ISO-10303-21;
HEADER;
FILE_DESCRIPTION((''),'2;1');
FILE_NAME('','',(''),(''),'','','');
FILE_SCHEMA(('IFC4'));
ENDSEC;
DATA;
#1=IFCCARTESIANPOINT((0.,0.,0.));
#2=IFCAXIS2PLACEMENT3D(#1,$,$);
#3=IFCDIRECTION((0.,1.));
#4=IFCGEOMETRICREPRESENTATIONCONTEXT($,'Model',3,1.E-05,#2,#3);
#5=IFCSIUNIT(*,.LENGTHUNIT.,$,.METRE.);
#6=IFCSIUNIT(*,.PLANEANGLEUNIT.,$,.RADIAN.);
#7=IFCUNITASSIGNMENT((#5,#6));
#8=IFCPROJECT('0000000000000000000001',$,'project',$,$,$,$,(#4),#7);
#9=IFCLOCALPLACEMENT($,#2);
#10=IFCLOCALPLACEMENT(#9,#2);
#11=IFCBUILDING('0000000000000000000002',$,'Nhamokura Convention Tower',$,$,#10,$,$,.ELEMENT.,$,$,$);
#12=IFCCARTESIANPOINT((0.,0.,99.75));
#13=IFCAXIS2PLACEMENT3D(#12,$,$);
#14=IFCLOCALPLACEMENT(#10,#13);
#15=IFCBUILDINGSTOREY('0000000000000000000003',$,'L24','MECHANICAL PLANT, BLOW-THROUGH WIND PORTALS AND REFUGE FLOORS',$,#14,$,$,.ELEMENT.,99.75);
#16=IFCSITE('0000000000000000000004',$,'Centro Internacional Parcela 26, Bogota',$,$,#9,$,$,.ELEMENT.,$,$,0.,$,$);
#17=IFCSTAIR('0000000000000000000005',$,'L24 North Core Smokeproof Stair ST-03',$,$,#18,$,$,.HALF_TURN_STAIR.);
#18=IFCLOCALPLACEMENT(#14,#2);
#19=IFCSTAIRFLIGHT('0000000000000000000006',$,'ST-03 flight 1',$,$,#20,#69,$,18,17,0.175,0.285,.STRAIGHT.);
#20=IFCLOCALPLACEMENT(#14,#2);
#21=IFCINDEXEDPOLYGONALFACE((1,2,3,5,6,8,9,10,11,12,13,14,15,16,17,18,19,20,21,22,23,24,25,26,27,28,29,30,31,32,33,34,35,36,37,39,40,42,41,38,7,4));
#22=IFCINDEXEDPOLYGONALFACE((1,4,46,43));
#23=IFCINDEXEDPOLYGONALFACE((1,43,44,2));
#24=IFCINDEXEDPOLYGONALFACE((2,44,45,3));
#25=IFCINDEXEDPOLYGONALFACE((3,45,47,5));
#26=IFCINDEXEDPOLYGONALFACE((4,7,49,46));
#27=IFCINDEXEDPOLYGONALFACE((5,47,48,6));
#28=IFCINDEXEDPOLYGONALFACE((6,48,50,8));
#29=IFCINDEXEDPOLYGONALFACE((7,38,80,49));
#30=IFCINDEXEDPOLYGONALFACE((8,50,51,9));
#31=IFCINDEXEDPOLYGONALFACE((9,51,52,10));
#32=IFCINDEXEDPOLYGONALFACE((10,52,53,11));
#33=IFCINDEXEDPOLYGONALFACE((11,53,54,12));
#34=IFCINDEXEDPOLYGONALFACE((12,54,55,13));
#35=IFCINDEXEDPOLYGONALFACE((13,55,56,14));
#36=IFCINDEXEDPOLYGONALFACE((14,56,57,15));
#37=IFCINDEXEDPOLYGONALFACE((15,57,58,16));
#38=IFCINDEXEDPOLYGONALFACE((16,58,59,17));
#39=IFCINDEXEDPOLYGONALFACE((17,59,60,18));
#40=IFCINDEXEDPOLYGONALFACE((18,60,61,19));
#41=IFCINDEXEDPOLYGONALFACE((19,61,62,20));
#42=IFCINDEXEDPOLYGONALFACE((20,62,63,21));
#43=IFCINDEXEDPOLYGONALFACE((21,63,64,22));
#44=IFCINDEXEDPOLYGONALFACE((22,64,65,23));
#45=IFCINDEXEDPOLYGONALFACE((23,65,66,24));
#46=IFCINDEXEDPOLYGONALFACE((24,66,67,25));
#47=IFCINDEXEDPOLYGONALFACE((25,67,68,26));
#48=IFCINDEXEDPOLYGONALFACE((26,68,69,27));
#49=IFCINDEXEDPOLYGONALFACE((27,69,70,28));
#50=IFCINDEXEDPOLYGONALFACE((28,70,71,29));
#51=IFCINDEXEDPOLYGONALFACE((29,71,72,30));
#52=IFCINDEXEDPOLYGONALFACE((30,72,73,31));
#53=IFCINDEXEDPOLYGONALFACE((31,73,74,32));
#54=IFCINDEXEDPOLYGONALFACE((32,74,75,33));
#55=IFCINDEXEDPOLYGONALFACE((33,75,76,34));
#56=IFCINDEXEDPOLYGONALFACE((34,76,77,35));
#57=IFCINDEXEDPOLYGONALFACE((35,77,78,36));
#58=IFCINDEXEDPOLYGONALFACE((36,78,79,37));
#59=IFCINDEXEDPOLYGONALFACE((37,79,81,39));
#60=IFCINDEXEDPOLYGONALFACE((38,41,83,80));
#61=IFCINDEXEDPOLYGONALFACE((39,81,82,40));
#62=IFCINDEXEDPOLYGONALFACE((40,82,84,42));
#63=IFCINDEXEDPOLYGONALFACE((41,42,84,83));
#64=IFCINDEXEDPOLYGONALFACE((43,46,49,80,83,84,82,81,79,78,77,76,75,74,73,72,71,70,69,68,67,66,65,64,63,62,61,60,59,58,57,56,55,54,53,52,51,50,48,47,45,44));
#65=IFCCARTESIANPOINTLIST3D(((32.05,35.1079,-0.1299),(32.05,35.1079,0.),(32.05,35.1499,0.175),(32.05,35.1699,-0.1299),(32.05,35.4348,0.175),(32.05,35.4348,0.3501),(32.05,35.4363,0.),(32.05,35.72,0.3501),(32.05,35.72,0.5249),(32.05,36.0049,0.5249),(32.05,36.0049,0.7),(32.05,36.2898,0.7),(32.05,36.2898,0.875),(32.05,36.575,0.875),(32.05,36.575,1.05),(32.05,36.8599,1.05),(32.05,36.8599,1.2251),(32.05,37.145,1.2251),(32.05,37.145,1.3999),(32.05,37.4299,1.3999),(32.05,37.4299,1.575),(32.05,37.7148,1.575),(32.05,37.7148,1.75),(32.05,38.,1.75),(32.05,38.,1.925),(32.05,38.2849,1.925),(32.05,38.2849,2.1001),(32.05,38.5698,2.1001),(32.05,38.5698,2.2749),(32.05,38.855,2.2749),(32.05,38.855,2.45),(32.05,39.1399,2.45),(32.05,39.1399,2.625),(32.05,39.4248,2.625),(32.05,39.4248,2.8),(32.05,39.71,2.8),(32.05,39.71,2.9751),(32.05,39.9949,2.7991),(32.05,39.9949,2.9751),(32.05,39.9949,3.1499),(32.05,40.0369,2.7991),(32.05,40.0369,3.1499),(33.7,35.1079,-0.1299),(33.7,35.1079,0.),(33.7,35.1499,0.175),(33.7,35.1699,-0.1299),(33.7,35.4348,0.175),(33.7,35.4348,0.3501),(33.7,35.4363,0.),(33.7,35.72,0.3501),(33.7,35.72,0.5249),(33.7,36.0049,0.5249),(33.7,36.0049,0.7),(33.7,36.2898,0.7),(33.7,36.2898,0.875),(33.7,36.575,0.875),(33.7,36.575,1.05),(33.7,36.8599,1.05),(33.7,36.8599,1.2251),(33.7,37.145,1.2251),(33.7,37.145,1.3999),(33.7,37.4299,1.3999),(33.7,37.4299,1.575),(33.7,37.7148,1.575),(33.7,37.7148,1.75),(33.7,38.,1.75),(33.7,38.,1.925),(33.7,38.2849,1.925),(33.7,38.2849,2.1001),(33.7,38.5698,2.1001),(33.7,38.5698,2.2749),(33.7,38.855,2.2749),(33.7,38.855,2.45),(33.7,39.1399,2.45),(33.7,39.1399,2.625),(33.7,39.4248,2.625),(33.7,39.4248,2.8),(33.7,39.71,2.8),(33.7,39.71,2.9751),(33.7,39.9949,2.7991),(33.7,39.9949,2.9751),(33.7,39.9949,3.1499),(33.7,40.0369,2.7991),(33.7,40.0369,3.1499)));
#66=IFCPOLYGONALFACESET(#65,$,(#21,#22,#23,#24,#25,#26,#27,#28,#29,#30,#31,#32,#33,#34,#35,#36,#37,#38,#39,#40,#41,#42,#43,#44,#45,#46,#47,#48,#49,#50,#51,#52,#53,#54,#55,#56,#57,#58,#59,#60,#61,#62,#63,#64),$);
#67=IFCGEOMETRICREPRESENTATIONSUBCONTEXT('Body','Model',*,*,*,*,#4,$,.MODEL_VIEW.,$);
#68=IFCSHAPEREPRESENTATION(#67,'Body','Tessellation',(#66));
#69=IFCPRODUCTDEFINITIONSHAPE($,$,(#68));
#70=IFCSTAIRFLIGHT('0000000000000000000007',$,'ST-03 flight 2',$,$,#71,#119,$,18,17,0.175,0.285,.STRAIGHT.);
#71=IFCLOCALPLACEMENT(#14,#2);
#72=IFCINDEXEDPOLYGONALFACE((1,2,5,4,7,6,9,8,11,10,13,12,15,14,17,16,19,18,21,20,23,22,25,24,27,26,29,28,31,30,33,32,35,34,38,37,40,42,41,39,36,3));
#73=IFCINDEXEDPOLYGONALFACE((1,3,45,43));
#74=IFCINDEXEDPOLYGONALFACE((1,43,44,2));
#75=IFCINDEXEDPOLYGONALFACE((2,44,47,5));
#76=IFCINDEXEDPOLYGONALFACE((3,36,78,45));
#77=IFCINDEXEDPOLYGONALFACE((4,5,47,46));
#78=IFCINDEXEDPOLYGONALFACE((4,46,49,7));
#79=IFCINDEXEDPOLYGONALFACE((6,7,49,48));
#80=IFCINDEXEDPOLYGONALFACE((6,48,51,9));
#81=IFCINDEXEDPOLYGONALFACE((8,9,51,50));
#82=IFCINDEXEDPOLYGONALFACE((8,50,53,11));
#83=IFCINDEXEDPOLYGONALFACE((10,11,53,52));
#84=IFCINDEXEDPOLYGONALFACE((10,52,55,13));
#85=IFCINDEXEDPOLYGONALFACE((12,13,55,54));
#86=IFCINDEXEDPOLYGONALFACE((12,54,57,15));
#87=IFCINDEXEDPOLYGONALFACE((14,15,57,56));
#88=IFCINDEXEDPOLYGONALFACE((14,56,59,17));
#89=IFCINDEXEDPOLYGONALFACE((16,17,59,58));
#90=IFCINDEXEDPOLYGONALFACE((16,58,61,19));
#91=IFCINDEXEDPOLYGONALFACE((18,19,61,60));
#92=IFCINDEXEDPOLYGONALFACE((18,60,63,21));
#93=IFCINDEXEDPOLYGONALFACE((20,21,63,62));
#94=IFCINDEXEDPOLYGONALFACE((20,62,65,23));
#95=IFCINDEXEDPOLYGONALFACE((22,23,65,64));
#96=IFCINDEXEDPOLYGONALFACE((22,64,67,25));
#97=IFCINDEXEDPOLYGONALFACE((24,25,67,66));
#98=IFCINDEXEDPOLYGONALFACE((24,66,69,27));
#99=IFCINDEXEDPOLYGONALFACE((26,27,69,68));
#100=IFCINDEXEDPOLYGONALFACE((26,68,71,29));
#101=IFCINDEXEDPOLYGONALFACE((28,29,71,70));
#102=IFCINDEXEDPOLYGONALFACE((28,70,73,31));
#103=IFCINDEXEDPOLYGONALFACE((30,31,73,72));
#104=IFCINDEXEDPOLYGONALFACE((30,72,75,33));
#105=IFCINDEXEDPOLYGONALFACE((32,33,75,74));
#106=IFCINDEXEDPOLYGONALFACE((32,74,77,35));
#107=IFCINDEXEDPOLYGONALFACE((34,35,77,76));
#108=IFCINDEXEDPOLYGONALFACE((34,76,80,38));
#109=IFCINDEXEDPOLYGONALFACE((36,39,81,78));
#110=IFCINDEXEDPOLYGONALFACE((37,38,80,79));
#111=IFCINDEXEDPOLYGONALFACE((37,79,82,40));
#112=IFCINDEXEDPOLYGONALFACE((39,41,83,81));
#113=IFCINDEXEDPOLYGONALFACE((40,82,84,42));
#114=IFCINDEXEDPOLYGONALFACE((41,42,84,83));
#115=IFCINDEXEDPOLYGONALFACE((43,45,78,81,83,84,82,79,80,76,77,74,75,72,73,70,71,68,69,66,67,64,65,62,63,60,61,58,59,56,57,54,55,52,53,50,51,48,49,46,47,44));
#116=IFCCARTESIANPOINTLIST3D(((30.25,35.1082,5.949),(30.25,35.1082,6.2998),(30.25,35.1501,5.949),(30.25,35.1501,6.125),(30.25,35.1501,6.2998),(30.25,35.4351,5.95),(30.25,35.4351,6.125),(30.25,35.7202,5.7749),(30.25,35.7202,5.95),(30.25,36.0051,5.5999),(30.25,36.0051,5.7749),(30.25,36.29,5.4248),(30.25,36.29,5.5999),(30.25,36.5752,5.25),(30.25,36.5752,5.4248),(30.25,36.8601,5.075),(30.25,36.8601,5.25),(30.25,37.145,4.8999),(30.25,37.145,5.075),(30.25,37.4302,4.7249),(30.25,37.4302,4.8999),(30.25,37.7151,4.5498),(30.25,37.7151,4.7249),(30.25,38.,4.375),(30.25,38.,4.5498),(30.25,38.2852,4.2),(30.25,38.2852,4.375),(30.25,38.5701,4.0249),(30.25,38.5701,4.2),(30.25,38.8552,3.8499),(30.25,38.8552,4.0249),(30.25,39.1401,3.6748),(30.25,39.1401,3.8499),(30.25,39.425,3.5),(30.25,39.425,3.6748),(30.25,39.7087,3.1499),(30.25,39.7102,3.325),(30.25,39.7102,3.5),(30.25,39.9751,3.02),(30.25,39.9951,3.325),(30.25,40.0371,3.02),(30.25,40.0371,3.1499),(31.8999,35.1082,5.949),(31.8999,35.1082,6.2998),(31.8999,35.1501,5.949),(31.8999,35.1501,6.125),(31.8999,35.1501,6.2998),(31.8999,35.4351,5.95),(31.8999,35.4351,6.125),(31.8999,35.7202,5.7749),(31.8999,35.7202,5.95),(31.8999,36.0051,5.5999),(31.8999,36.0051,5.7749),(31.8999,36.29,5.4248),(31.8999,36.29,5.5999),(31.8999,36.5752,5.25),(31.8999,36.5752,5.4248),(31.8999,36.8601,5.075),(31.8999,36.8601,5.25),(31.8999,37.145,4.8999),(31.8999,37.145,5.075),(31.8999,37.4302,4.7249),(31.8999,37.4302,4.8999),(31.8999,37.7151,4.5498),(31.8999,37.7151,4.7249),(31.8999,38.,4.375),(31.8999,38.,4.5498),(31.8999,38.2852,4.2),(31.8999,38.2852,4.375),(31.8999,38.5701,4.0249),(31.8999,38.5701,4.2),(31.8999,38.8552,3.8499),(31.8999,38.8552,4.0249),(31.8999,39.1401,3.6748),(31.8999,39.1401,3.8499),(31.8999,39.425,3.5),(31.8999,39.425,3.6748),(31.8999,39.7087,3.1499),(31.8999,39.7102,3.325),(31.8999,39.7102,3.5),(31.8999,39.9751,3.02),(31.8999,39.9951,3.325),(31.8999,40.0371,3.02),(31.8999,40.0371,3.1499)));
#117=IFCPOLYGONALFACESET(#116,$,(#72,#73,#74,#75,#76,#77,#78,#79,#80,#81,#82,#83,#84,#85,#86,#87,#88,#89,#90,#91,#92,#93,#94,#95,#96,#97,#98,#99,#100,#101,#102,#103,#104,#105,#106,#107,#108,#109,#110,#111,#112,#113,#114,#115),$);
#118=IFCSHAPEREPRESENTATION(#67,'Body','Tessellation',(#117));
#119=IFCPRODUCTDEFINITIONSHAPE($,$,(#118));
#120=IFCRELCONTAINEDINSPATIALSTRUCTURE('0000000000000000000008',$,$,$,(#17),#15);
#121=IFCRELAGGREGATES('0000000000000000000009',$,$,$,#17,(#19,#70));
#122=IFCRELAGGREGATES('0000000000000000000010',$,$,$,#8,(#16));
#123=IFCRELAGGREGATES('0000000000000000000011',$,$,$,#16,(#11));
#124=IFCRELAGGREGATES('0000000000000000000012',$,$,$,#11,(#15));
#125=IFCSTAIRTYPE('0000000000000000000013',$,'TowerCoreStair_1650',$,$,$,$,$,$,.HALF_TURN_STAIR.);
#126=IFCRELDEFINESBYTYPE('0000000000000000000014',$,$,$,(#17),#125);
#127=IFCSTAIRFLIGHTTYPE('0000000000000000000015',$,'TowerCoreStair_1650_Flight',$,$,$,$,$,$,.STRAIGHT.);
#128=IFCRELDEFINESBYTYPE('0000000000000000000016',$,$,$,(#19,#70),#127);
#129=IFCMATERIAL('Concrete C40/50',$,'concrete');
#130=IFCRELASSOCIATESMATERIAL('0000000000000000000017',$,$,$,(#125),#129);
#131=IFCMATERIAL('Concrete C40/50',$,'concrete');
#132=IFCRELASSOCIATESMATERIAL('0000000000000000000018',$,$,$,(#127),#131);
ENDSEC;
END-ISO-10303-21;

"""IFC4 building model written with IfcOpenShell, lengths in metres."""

from ifc_helpers import new_model, si_unit, direction, frame, origin, place, context, subcontext, project, spatial, polyline, outline, extrude, material, type_object, element, aggregate, save


model = new_model("IFC4")

# Units and contexts
model_context = context("Model", 3, precision=1e-05, world=origin(), true_north=direction((0.0, 1.0)))
body_context = subcontext(model_context, "Body", "Model", "MODEL_VIEW")
ifc_project = project(units=[si_unit("LENGTHUNIT", "METRE"), si_unit("PLANEANGLEUNIT", "RADIAN")], contexts=[model_context])

# Site, building, storey
site_placement = place(None, origin())
site = spatial("IfcSite", under=ifc_project, at=site_placement, Name="Centro Internacional Parcela 26, Bogota", CompositionType="ELEMENT", RefElevation=0.0)
building_placement = place(site_placement, origin())
building = spatial("IfcBuilding", under=site, at=building_placement, Name="Nhamokura Convention Tower", CompositionType="ELEMENT")
storey_placement = place(building_placement, frame((0.0, 0.0, 99.75)))
storey = spatial("IfcBuildingStorey", under=building, at=storey_placement, Name="L24", Description="MECHANICAL PLANT, BLOW-THROUGH WIND PORTALS AND REFUGE FLOORS", CompositionType="ELEMENT", Elevation=99.75)

# Stair, stair flights
ifc_material_1 = material(Name="Concrete C40/50", Category="concrete")
stair_type = type_object("IfcStairType", Name="TowerCoreStair_1650", PredefinedType="HALF_TURN_STAIR", material=ifc_material_1)
stair_placement = place(storey_placement, origin())
stair = element("IfcStair", 1, at=stair_placement, inside=storey, type_object=stair_type, Name="L24 North Core Smokeproof Stair ST-03", PredefinedType="HALF_TURN_STAIR")
ifc_material_2 = material(Name="Concrete C40/50", Category="concrete")
stair_flight_type = type_object("IfcStairFlightType", Name="TowerCoreStair_1650_Flight", PredefinedType="STRAIGHT", material=ifc_material_2)
stair_flight_1_placement = place(storey_placement, frame((32.875, 35.1499, 0.0), z_axis=(0.0, 0.0, 1.0), x_axis=(0.0, 1.0, 0.0)))
stair_flight_1 = element("IfcStairFlight", 2, at=stair_flight_1_placement, type_object=stair_flight_type, Name="ST-03 flight 1", NumberOfRisers=18, NumberOfTreads=17, PredefinedType="STRAIGHT", RiserHeight=0.175, TreadLength=0.285, context=body_context, shape_type="SweptSolid", body=[
    extrude(outline(polyline([(-0.042, 0.0), (0.0, 0.175), (0.2849, 0.175), (0.2849, 0.3501), (0.5701, 0.3501), (0.5701, 0.5249), (0.855, 0.5249), (0.855, 0.7), (1.1399, 0.7), (1.1399, 0.875), (1.425, 0.875), (1.425, 1.05), (1.71, 1.05), (1.71, 1.2251), (1.9951, 1.2251), (1.9951, 1.3999), (2.28, 1.3999), (2.28, 1.575), (2.5649, 1.575), (2.5649, 1.75), (2.8501, 1.75), (2.8501, 1.925), (3.135, 1.925), (3.135, 2.1001), (3.4199, 2.1001), (3.4199, 2.2749), (3.7051, 2.2749), (3.7051, 2.45), (3.99, 2.45), (3.99, 2.625), (4.2749, 2.625), (4.2749, 2.8), (4.5601, 2.8), (4.5601, 2.9751), (4.845, 2.9751), (4.845, 3.1499), (4.887, 3.1499), (4.887, 2.7991), (4.845, 2.7991), (0.2864, 0.0), (0.02, -0.1299), (-0.042, -0.1299), (-0.042, 0.0)])), frame((0.0, 0.825, 0.0), z_axis=(0.0, -1.0, 0.0), x_axis=(1.0, 0.0, 0.0)), (0.0, 0.0, 1.0), 1.6499),
])
stair_flight_2_placement = place(storey_placement, frame((31.075, 39.9951, 3.1499), z_axis=(0.0, 0.0, 1.0), x_axis=(0.0, -1.0, 0.0)))
stair_flight_2 = element("IfcStairFlight", 3, at=stair_flight_2_placement, type_object=stair_flight_type, Name="ST-03 flight 2", NumberOfRisers=18, NumberOfTreads=17, PredefinedType="STRAIGHT", RiserHeight=0.175, TreadLength=0.285, context=body_context, shape_type="SweptSolid", body=[
    extrude(outline(polyline([(-0.042, 0.0), (0.0, 0.175), (0.2849, 0.175), (0.2849, 0.3501), (0.5701, 0.3501), (0.5701, 0.5249), (0.855, 0.5249), (0.855, 0.7), (1.1399, 0.7), (1.1399, 0.875), (1.425, 0.875), (1.425, 1.05), (1.71, 1.05), (1.71, 1.2251), (1.9951, 1.2251), (1.9951, 1.3999), (2.28, 1.3999), (2.28, 1.575), (2.5649, 1.575), (2.5649, 1.75), (2.8501, 1.75), (2.8501, 1.925), (3.135, 1.925), (3.135, 2.1001), (3.4199, 2.1001), (3.4199, 2.2749), (3.7051, 2.2749), (3.7051, 2.45), (3.99, 2.45), (3.99, 2.625), (4.2749, 2.625), (4.2749, 2.8), (4.5601, 2.8), (4.5601, 2.9751), (4.845, 2.9751), (4.845, 3.1499), (4.887, 3.1499), (4.887, 2.7991), (4.845, 2.7991), (0.2864, 0.0), (0.02, -0.1299), (-0.042, -0.1299), (-0.042, 0.0)])), frame((0.0, 0.825, 0.0), z_axis=(0.0, -1.0, 0.0), x_axis=(1.0, 0.0, 0.0)), (0.0, 0.0, 1.0), 1.6499),
])
aggregate(stair, [stair_flight_1, stair_flight_2])

save(model, "model.ifc")
